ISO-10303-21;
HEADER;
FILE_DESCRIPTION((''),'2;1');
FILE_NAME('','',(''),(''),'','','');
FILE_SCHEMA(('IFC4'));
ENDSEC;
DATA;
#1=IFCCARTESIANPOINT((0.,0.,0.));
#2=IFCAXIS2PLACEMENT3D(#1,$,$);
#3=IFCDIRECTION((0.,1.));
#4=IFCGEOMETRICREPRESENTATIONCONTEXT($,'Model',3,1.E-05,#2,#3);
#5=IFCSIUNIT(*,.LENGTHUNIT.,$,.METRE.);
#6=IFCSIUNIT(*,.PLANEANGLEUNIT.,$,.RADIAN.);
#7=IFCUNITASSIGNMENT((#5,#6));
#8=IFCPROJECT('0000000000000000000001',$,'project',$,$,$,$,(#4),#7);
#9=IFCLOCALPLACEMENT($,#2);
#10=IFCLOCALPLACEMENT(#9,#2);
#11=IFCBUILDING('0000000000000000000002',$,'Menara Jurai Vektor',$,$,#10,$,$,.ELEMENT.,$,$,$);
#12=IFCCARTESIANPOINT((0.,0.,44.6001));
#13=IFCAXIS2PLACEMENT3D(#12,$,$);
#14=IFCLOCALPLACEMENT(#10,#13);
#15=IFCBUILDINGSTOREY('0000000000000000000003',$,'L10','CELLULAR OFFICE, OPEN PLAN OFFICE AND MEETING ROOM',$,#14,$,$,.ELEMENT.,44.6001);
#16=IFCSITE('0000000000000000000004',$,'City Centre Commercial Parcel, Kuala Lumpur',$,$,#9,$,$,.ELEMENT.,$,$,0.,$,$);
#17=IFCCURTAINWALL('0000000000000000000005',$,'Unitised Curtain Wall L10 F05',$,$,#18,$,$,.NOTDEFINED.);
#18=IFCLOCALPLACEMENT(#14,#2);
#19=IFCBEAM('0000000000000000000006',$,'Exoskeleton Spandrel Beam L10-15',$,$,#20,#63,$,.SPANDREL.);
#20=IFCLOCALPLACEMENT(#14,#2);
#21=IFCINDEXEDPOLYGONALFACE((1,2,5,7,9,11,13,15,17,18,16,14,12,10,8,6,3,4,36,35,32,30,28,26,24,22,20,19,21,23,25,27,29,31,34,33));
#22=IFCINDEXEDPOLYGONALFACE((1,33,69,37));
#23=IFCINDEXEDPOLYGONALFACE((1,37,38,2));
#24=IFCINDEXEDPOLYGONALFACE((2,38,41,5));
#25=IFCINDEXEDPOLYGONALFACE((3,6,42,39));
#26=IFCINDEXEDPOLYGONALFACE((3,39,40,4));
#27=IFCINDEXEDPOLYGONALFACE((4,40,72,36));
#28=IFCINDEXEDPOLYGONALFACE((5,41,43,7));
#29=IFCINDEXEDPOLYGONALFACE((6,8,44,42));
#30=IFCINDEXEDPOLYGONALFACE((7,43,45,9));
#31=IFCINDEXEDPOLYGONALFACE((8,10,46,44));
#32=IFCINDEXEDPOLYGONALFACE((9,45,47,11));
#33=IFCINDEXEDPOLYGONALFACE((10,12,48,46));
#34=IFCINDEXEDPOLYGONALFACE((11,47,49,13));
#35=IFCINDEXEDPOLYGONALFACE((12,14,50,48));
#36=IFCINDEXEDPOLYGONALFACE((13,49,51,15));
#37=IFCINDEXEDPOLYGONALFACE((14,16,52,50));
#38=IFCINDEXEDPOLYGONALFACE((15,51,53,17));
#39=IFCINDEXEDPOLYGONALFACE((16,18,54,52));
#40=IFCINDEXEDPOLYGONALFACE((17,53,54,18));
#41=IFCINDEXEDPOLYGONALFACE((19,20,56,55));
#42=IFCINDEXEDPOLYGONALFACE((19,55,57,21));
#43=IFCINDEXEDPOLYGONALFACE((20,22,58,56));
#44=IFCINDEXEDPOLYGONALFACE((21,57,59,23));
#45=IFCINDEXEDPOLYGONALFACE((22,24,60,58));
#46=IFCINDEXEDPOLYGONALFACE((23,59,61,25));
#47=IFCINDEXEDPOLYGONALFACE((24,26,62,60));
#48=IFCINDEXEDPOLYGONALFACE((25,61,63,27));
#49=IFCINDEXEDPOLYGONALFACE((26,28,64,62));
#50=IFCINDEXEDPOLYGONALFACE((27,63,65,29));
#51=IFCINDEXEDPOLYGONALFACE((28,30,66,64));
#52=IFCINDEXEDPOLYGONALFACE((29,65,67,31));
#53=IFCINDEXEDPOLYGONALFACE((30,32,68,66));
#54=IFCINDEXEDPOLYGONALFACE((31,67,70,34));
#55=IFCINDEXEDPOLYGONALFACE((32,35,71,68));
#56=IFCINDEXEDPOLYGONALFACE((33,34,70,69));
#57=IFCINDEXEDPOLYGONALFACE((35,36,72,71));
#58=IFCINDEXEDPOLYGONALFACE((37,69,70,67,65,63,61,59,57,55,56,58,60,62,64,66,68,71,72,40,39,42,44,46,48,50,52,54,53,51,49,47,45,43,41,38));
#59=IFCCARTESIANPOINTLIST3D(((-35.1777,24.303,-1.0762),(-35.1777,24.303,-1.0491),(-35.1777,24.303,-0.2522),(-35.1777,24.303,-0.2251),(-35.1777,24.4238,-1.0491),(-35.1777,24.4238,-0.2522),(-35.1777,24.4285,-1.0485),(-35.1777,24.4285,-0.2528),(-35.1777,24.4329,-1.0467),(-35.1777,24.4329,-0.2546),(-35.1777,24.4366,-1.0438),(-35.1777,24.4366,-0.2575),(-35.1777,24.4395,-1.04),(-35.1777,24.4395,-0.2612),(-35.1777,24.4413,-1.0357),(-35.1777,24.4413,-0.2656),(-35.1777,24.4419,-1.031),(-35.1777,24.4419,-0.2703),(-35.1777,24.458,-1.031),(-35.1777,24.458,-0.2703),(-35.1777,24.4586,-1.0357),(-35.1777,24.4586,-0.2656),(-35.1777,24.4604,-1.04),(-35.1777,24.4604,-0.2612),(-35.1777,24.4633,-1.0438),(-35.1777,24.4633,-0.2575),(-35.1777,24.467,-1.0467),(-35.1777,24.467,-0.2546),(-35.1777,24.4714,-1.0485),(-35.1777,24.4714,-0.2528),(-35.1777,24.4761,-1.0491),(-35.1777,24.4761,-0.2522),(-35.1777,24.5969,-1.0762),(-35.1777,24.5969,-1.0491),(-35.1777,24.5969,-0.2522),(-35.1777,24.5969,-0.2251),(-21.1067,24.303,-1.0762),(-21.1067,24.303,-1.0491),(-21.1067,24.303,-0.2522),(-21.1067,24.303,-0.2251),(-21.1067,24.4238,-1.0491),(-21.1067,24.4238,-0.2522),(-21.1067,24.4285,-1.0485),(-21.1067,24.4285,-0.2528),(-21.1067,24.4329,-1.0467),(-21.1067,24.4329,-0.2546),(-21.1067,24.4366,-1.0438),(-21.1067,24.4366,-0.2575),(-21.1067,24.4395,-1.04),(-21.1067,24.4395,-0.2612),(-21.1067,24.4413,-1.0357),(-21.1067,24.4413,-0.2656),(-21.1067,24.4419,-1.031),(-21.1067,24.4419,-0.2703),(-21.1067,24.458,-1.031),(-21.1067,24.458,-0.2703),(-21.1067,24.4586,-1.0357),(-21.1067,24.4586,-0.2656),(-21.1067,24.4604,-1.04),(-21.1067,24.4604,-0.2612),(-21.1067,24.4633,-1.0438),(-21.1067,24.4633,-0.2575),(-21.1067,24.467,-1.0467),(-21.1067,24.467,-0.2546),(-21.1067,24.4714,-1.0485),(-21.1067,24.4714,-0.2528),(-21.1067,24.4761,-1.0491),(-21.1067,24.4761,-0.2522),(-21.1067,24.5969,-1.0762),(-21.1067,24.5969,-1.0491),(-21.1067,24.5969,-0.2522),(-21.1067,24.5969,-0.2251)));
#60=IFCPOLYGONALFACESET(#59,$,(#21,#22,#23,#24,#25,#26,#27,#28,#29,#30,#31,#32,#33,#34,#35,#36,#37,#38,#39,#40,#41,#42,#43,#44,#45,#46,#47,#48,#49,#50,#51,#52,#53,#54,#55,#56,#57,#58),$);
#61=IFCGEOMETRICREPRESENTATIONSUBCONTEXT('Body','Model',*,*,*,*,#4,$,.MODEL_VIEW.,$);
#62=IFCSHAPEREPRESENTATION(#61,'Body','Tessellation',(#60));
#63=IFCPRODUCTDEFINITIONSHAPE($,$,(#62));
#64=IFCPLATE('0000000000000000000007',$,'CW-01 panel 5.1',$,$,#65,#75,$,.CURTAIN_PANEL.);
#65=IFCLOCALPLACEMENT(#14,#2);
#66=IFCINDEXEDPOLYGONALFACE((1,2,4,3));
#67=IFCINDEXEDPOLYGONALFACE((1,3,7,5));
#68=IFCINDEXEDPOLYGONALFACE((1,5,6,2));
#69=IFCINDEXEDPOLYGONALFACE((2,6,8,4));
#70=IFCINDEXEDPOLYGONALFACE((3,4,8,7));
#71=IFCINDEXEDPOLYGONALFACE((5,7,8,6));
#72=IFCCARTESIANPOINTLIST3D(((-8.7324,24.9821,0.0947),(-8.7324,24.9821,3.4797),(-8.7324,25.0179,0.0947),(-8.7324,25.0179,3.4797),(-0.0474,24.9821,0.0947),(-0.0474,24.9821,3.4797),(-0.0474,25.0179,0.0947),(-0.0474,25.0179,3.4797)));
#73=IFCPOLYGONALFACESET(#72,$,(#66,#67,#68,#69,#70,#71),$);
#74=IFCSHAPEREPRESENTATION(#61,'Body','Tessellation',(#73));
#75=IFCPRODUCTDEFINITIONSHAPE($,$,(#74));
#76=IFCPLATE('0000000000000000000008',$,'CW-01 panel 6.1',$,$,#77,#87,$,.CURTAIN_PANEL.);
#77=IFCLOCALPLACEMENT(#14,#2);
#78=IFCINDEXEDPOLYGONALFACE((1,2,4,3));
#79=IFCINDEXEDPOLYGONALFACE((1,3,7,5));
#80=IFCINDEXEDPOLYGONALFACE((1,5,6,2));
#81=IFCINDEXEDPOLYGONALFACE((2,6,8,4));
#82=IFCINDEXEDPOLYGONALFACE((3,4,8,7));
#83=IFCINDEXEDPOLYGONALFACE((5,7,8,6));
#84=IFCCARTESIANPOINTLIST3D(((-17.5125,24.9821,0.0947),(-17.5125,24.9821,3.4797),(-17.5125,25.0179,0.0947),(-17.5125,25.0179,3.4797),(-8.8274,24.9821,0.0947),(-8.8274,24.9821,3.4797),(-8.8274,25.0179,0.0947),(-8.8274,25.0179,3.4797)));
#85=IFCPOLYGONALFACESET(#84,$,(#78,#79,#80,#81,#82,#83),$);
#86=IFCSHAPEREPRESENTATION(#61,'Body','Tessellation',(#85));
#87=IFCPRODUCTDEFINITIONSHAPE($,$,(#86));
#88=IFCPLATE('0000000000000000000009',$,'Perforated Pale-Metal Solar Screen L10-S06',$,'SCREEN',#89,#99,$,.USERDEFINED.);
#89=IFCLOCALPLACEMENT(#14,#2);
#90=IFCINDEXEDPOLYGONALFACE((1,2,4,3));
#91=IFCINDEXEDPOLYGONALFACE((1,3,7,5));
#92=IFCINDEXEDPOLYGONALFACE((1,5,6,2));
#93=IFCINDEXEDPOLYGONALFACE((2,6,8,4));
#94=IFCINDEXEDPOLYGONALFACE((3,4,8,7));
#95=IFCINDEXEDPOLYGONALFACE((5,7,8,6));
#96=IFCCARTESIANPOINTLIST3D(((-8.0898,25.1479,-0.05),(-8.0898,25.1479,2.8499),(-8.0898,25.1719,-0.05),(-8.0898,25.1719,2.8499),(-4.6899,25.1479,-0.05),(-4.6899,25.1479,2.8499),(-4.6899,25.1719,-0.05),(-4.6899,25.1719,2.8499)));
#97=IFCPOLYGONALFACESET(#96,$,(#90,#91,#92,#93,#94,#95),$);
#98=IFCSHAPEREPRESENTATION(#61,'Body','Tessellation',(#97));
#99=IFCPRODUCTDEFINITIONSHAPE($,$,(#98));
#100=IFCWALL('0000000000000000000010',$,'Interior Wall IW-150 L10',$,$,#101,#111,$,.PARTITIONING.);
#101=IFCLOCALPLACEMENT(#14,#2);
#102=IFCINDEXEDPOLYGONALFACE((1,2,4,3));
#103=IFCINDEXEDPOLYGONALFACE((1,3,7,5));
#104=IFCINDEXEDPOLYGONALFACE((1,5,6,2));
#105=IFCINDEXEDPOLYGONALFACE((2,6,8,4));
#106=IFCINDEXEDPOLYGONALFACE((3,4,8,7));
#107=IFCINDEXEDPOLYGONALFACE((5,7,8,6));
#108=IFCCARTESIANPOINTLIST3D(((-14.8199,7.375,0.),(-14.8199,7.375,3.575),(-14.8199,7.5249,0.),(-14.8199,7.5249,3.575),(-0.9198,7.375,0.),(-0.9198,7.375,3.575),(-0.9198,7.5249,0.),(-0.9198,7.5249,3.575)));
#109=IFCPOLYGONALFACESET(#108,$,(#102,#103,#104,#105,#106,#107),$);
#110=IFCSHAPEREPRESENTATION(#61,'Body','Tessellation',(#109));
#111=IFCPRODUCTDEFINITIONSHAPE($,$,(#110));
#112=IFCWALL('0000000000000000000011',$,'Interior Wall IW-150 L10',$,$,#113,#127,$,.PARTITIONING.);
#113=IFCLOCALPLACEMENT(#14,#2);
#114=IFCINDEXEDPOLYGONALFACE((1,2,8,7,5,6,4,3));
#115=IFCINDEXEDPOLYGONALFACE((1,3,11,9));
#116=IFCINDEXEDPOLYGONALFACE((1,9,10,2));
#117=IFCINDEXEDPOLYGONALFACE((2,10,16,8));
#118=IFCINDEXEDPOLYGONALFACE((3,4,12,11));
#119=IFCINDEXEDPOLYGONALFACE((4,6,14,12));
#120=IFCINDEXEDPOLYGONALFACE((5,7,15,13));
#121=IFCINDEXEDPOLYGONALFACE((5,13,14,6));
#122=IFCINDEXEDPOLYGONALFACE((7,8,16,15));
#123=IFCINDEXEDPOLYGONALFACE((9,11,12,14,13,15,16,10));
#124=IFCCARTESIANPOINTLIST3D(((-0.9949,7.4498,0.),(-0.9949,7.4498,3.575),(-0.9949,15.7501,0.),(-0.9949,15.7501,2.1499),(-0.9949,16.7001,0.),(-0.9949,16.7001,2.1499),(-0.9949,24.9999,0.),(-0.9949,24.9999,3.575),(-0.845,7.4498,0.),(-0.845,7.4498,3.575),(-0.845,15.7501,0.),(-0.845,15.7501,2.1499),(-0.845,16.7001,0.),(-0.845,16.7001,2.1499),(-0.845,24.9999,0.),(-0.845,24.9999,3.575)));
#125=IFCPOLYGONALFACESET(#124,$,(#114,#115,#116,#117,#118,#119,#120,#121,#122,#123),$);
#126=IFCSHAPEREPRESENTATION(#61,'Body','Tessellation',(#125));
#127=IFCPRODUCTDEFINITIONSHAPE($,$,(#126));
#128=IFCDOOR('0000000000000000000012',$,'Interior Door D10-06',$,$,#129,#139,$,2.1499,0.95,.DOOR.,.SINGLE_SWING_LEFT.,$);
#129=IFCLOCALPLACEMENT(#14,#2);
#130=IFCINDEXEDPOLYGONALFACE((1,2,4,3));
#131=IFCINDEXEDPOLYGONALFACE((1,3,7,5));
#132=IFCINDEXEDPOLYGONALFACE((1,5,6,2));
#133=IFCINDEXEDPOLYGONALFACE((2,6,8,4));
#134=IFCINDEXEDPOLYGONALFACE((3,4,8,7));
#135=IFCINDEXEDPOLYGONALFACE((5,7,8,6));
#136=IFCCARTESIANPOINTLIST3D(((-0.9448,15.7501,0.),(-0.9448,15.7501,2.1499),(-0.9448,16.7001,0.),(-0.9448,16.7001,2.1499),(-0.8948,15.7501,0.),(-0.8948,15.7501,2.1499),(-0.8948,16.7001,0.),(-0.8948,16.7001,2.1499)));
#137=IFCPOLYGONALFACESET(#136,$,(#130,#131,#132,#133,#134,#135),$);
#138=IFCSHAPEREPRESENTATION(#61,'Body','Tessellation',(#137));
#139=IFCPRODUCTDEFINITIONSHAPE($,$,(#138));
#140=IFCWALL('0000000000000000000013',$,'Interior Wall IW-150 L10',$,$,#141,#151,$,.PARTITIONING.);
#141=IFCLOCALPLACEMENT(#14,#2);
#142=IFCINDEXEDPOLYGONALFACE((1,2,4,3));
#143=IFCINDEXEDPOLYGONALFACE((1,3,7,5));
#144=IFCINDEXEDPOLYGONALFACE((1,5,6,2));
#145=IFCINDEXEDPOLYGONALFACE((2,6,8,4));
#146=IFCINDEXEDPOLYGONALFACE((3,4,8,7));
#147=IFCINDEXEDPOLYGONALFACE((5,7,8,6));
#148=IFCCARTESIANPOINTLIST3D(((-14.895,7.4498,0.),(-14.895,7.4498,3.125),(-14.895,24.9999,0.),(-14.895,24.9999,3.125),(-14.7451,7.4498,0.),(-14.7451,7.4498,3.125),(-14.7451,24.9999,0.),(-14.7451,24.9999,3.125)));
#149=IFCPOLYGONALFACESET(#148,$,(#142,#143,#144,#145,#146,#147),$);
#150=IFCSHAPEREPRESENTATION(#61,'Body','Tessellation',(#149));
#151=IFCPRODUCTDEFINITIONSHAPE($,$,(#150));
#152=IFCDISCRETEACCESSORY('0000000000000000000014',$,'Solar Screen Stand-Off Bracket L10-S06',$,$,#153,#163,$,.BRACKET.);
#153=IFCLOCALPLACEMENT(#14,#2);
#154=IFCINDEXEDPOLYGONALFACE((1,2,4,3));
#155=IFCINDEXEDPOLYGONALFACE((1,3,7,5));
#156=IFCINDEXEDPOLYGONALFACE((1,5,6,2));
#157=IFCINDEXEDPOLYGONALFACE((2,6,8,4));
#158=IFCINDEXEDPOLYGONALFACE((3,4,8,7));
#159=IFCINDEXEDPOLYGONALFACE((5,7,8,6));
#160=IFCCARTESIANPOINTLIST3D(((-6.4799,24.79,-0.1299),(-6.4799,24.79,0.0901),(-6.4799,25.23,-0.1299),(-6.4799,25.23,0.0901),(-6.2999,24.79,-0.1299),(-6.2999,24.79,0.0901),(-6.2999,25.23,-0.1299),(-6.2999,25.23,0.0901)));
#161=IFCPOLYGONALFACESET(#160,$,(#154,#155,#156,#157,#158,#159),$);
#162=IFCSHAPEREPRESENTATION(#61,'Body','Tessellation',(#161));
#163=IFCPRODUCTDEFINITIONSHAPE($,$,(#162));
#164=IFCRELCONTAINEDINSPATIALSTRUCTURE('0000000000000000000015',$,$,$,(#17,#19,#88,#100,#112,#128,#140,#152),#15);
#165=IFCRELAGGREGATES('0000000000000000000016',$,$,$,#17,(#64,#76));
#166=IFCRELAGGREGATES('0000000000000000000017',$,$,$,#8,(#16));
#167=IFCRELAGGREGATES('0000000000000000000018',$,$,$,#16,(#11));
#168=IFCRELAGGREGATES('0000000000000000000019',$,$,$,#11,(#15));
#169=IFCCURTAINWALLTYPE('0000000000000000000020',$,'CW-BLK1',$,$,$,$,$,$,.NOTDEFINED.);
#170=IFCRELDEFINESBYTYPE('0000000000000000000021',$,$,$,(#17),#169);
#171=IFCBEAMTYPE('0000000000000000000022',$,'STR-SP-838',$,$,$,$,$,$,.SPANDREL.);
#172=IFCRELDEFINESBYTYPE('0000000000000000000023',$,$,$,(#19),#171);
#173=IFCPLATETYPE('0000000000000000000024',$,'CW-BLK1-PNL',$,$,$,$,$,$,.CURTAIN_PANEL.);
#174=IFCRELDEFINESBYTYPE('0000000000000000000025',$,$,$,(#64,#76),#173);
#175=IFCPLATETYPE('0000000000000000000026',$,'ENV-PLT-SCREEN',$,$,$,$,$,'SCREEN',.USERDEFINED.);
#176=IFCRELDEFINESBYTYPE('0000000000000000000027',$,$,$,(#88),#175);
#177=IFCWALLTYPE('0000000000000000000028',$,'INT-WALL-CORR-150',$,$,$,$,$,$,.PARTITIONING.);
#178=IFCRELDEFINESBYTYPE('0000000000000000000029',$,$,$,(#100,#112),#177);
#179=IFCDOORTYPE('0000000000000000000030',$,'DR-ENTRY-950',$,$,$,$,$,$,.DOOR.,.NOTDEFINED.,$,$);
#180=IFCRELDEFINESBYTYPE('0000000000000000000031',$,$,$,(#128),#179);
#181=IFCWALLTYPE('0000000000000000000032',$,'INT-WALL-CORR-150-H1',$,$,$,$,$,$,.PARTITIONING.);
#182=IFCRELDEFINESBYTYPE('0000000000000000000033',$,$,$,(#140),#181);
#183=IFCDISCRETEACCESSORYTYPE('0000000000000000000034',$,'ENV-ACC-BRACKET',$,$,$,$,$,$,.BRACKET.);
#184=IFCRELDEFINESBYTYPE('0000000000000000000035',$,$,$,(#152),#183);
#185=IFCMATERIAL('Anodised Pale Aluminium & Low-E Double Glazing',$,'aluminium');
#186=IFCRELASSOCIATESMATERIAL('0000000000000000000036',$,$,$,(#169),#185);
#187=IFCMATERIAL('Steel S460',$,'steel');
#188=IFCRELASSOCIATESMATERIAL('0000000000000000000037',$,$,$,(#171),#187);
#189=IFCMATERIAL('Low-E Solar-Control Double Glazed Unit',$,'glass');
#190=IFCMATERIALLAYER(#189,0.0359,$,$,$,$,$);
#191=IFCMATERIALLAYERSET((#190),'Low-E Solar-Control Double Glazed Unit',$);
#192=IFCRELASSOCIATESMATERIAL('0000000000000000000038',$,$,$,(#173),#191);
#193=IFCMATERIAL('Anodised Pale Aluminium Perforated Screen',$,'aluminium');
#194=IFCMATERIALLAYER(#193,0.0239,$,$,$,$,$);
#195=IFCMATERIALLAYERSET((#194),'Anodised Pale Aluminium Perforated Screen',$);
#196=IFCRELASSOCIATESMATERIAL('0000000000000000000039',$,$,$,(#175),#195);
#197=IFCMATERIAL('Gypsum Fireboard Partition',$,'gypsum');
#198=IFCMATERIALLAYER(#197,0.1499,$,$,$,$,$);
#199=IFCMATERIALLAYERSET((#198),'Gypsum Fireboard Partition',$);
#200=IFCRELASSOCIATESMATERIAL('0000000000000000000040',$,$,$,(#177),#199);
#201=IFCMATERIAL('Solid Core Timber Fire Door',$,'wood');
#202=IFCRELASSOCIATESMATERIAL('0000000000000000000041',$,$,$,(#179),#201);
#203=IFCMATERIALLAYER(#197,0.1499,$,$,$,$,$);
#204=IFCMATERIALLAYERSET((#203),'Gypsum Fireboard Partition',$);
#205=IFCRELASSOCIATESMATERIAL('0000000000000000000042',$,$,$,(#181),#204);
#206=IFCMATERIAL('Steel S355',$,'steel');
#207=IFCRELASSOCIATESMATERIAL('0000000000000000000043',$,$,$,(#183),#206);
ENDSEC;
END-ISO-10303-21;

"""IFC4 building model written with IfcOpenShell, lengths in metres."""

from ifc_helpers import new_model, si_unit, direction, frame, frame_2d, origin, origin_2d, place, context, subcontext, project, spatial, rectangle, i_section, extrude, material, layer, layer_set, material_profile, profile_set, type_object, element, fill, aggregate, save


model = new_model("IFC4")

# Units and contexts
model_context = context("Model", 3, precision=1e-05, world=origin(), true_north=direction((0.0, 1.0)))
body_context = subcontext(model_context, "Body", "Model", "MODEL_VIEW")
ifc_project = project(units=[si_unit("LENGTHUNIT", "METRE"), si_unit("PLANEANGLEUNIT", "RADIAN")], contexts=[model_context])

# Site, building, storey
site_placement = place(None, origin())
site = spatial("IfcSite", under=ifc_project, at=site_placement, Name="City Centre Commercial Parcel, Kuala Lumpur", CompositionType="ELEMENT", RefElevation=0.0)
building_placement = place(site_placement, origin())
building = spatial("IfcBuilding", under=site, at=building_placement, Name="Menara Jurai Vektor", CompositionType="ELEMENT")
storey_placement = place(building_placement, frame((0.0, 0.0, 44.6001)))
storey = spatial("IfcBuildingStorey", under=building, at=storey_placement, Name="L10", Description="CELLULAR OFFICE, OPEN PLAN OFFICE AND MEETING ROOM", CompositionType="ELEMENT", Elevation=44.6001)

# Shared definitions
ifc_material_1 = material(Name="Steel S460", Category="steel")

# Curtain wall
ifc_material_2 = material(Name="Anodised Pale Aluminium & Low-E Double Glazing", Category="aluminium")
curtain_wall_type = type_object("IfcCurtainWallType", Name="CW-BLK1", PredefinedType="NOTDEFINED", material=ifc_material_2)
curtain_wall_placement = place(storey_placement, origin())
curtain_wall = element("IfcCurtainWall", 1, at=curtain_wall_placement, inside=storey, type_object=curtain_wall_type, Name="Unitised Curtain Wall L10 F05", PredefinedType="NOTDEFINED")

# Beam
ifc_material_3 = material(Name="Steel S355", Category="steel")
ifc_material_profile_1 = material_profile(ifc_material_1, i_section(OverallWidth=0.2939, OverallDepth=0.8511, WebThickness=0.0161, FlangeThickness=0.0271, FilletRadius=0.0181, at=origin_2d()), Name="UKB 838x292x226")
ifc_profile_set_1 = profile_set([ifc_material_profile_1], Name="Steel S460")
beam_type_1 = type_object("IfcBeamType", Name="STR-SP-838", PredefinedType="SPANDREL", material=ifc_profile_set_1)
for number, where, z_axis, x_axis, name in (
    (2, (-21.1067, 24.45, -0.6506), (-1.0, 0.0, 0.0), (0.0, -1.0, 0.0), "Exoskeleton Spandrel Beam L10-15"),
):
    element("IfcBeam", number, at=place(storey_placement, frame(where, z_axis=z_axis, x_axis=x_axis)), inside=storey, type_object=beam_type_1, Name=name, PredefinedType="SPANDREL", context=body_context, shape_type="SweptSolid", body=[
        extrude(i_section(OverallWidth=0.2939, OverallDepth=0.8511, WebThickness=0.0161, FlangeThickness=0.0271, FilletRadius=0.0181, at=origin_2d()), origin(), (0.0, 0.0, 1.0), 14.071),
    ])

# Plates
ifc_material_4 = material(Name="Low-E Solar-Control Double Glazed Unit", Category="glass")
ifc_layer_1 = layer(ifc_material_4, 0.0359)
ifc_layer_set_1 = layer_set([ifc_layer_1], Name="Low-E Solar-Control Double Glazed Unit")
plate_type_1 = type_object("IfcPlateType", Name="CW-BLK1-PNL", PredefinedType="CURTAIN_PANEL", material=ifc_layer_set_1)
plate_1_placement = place(storey_placement, frame((-4.3899, 25.0, 0.0947), z_axis=(0.0, 0.0, 1.0), x_axis=(-1.0, 0.0, 0.0)))
plate_1 = element("IfcPlate", 3, at=plate_1_placement, type_object=plate_type_1, Name="CW-01 panel 5.1", PredefinedType="CURTAIN_PANEL", context=body_context, shape_type="SweptSolid", body=[
    extrude(rectangle(XDim=8.6851, YDim=0.0359, at=origin_2d()), origin(), (0.0, 0.0, 1.0), 3.385),
])
plate_2_placement = place(storey_placement, frame((-13.1699, 25.0, 0.0947), z_axis=(0.0, 0.0, 1.0), x_axis=(-1.0, 0.0, 0.0)))
plate_2 = element("IfcPlate", 4, at=plate_2_placement, type_object=plate_type_1, Name="CW-01 panel 6.1", PredefinedType="CURTAIN_PANEL", context=body_context, shape_type="SweptSolid", body=[
    extrude(rectangle(XDim=8.6851, YDim=0.0359, at=origin_2d()), origin(), (0.0, 0.0, 1.0), 3.385),
])
aggregate(curtain_wall, [plate_1, plate_2])
ifc_material_5 = material(Name="Anodised Pale Aluminium Perforated Screen", Category="aluminium")
ifc_layer_2 = layer(ifc_material_5, 0.0239)
ifc_layer_set_2 = layer_set([ifc_layer_2], Name="Anodised Pale Aluminium Perforated Screen")
plate_type_2 = type_object("IfcPlateType", Name="ENV-PLT-SCREEN", ElementType="SCREEN", PredefinedType="USERDEFINED", material=ifc_layer_set_2)
plate_3_placement = place(storey_placement, frame((-6.3899, 25.1599, -0.05), z_axis=(0.0, 0.0, 1.0), x_axis=(-1.0, 0.0, 0.0)))
element("IfcPlate", 5, at=plate_3_placement, inside=storey, type_object=plate_type_2, Name="Perforated Pale-Metal Solar Screen L10-S06", ObjectType="SCREEN", PredefinedType="USERDEFINED", context=body_context, shape_type="SweptSolid", body=[
    extrude(rectangle(XDim=3.3999, YDim=0.0239, at=origin_2d()), origin(), (0.0, 0.0, 1.0), 2.8999),
])

# Wall
ifc_material_6 = material(Name="Gypsum Fireboard Partition", Category="gypsum")
ifc_layer_3 = layer(ifc_material_6, 0.1499)
ifc_layer_set_3 = layer_set([ifc_layer_3], Name="Gypsum Fireboard Partition")
wall_type_1 = type_object("IfcWallType", Name="INT-WALL-CORR-150", PredefinedType="PARTITIONING", material=ifc_layer_set_3)
wall_1_placement = place(storey_placement, frame((-14.8201, 7.45, 0.0), z_axis=(0.0, 0.0, 1.0), x_axis=(1.0, 0.0, 0.0)))
element("IfcWall", 6, at=wall_1_placement, inside=storey, type_object=wall_type_1, Name="Interior Wall IW-150 L10", PredefinedType="PARTITIONING", context=body_context, shape_type="SweptSolid", body=[
    extrude(rectangle(XDim=13.9001, YDim=0.1499, at=frame_2d((6.9502, 0.0))), origin(), (0.0, 0.0, 1.0), 3.575),
])

# Wall, opening, door
wall_2_placement = place(storey_placement, frame((-0.9199, 7.45, 0.0), z_axis=(0.0, 0.0, 1.0), x_axis=(0.0, 1.0, 0.0)))
wall_2 = element("IfcWall", 7, at=wall_2_placement, inside=storey, type_object=wall_type_1, Name="Interior Wall IW-150 L10", PredefinedType="PARTITIONING", context=body_context, shape_type="SweptSolid", body=[
    extrude(rectangle(XDim=17.55, YDim=0.1499, at=frame_2d((8.7749, 0.0))), origin(), (0.0, 0.0, 1.0), 3.575),
])
opening_placement = place(wall_2_placement, frame((8.3, 0.0, 0.0)))
opening = element("IfcOpeningElement", 8, at=opening_placement, cuts=wall_2, PredefinedType="OPENING", context=body_context, shape_type="SweptSolid", body=[
    extrude(rectangle(XDim=0.95, YDim=2.1499, at=frame_2d((0.4751, 1.075))), frame((0.0, 0.085, 0.0), z_axis=(0.0, -1.0, 0.0), x_axis=(1.0, 0.0, 0.0)), (0.0, 0.0, 1.0), 0.1699),
])
ifc_material_7 = material(Name="Solid Core Timber Fire Door", Category="wood")
door_type = type_object("IfcDoorType", Name="DR-ENTRY-950", OperationType="NOTDEFINED", PredefinedType="DOOR", material=ifc_material_7)
door_placement = place(opening_placement, origin())
door = element("IfcDoor", 9, at=door_placement, inside=storey, type_object=door_type, Name="Interior Door D10-06", OperationType="SINGLE_SWING_LEFT", OverallHeight=2.1499, OverallWidth=0.95, PredefinedType="DOOR", context=body_context, shape_type="SweptSolid", body=[
    extrude(rectangle(XDim=0.95, YDim=2.1499, at=frame_2d((0.4751, 1.075))), frame((0.0, 0.0249, 0.0), z_axis=(0.0, -1.0, 0.0), x_axis=(1.0, 0.0, 0.0)), (0.0, 0.0, 1.0), 0.05),
])
fill(opening, door)

# Wall
ifc_layer_4 = layer(ifc_material_6, 0.1499)
ifc_layer_set_4 = layer_set([ifc_layer_4], Name="Gypsum Fireboard Partition")
wall_type_2 = type_object("IfcWallType", Name="INT-WALL-CORR-150-H1", PredefinedType="PARTITIONING", material=ifc_layer_set_4)
wall_3_placement = place(storey_placement, frame((-14.8201, 7.45, 0.0), z_axis=(0.0, 0.0, 1.0), x_axis=(0.0, 1.0, 0.0)))
element("IfcWall", 10, at=wall_3_placement, inside=storey, type_object=wall_type_2, Name="Interior Wall IW-150 L10", PredefinedType="PARTITIONING", context=body_context, shape_type="SweptSolid", body=[
    extrude(rectangle(XDim=17.55, YDim=0.1499, at=frame_2d((8.7749, 0.0))), origin(), (0.0, 0.0, 1.0), 3.125),
])

# Discrete accessory
discrete_accessory_type = type_object("IfcDiscreteAccessoryType", Name="ENV-ACC-BRACKET", PredefinedType="BRACKET", material=ifc_material_3)
discrete_accessory_placement = place(storey_placement, frame((-6.3899, 25.01, -0.1299), z_axis=(0.0, 0.0, 1.0), x_axis=(-1.0, 0.0, 0.0)))
element("IfcDiscreteAccessory", 11, at=discrete_accessory_placement, inside=storey, type_object=discrete_accessory_type, Name="Solar Screen Stand-Off Bracket L10-S06", PredefinedType="BRACKET", context=body_context, shape_type="SweptSolid", body=[
    extrude(rectangle(XDim=0.1799, YDim=0.4399, at=origin_2d()), origin(), (0.0, 0.0, 1.0), 0.22),
])

save(model, "model.ifc")
